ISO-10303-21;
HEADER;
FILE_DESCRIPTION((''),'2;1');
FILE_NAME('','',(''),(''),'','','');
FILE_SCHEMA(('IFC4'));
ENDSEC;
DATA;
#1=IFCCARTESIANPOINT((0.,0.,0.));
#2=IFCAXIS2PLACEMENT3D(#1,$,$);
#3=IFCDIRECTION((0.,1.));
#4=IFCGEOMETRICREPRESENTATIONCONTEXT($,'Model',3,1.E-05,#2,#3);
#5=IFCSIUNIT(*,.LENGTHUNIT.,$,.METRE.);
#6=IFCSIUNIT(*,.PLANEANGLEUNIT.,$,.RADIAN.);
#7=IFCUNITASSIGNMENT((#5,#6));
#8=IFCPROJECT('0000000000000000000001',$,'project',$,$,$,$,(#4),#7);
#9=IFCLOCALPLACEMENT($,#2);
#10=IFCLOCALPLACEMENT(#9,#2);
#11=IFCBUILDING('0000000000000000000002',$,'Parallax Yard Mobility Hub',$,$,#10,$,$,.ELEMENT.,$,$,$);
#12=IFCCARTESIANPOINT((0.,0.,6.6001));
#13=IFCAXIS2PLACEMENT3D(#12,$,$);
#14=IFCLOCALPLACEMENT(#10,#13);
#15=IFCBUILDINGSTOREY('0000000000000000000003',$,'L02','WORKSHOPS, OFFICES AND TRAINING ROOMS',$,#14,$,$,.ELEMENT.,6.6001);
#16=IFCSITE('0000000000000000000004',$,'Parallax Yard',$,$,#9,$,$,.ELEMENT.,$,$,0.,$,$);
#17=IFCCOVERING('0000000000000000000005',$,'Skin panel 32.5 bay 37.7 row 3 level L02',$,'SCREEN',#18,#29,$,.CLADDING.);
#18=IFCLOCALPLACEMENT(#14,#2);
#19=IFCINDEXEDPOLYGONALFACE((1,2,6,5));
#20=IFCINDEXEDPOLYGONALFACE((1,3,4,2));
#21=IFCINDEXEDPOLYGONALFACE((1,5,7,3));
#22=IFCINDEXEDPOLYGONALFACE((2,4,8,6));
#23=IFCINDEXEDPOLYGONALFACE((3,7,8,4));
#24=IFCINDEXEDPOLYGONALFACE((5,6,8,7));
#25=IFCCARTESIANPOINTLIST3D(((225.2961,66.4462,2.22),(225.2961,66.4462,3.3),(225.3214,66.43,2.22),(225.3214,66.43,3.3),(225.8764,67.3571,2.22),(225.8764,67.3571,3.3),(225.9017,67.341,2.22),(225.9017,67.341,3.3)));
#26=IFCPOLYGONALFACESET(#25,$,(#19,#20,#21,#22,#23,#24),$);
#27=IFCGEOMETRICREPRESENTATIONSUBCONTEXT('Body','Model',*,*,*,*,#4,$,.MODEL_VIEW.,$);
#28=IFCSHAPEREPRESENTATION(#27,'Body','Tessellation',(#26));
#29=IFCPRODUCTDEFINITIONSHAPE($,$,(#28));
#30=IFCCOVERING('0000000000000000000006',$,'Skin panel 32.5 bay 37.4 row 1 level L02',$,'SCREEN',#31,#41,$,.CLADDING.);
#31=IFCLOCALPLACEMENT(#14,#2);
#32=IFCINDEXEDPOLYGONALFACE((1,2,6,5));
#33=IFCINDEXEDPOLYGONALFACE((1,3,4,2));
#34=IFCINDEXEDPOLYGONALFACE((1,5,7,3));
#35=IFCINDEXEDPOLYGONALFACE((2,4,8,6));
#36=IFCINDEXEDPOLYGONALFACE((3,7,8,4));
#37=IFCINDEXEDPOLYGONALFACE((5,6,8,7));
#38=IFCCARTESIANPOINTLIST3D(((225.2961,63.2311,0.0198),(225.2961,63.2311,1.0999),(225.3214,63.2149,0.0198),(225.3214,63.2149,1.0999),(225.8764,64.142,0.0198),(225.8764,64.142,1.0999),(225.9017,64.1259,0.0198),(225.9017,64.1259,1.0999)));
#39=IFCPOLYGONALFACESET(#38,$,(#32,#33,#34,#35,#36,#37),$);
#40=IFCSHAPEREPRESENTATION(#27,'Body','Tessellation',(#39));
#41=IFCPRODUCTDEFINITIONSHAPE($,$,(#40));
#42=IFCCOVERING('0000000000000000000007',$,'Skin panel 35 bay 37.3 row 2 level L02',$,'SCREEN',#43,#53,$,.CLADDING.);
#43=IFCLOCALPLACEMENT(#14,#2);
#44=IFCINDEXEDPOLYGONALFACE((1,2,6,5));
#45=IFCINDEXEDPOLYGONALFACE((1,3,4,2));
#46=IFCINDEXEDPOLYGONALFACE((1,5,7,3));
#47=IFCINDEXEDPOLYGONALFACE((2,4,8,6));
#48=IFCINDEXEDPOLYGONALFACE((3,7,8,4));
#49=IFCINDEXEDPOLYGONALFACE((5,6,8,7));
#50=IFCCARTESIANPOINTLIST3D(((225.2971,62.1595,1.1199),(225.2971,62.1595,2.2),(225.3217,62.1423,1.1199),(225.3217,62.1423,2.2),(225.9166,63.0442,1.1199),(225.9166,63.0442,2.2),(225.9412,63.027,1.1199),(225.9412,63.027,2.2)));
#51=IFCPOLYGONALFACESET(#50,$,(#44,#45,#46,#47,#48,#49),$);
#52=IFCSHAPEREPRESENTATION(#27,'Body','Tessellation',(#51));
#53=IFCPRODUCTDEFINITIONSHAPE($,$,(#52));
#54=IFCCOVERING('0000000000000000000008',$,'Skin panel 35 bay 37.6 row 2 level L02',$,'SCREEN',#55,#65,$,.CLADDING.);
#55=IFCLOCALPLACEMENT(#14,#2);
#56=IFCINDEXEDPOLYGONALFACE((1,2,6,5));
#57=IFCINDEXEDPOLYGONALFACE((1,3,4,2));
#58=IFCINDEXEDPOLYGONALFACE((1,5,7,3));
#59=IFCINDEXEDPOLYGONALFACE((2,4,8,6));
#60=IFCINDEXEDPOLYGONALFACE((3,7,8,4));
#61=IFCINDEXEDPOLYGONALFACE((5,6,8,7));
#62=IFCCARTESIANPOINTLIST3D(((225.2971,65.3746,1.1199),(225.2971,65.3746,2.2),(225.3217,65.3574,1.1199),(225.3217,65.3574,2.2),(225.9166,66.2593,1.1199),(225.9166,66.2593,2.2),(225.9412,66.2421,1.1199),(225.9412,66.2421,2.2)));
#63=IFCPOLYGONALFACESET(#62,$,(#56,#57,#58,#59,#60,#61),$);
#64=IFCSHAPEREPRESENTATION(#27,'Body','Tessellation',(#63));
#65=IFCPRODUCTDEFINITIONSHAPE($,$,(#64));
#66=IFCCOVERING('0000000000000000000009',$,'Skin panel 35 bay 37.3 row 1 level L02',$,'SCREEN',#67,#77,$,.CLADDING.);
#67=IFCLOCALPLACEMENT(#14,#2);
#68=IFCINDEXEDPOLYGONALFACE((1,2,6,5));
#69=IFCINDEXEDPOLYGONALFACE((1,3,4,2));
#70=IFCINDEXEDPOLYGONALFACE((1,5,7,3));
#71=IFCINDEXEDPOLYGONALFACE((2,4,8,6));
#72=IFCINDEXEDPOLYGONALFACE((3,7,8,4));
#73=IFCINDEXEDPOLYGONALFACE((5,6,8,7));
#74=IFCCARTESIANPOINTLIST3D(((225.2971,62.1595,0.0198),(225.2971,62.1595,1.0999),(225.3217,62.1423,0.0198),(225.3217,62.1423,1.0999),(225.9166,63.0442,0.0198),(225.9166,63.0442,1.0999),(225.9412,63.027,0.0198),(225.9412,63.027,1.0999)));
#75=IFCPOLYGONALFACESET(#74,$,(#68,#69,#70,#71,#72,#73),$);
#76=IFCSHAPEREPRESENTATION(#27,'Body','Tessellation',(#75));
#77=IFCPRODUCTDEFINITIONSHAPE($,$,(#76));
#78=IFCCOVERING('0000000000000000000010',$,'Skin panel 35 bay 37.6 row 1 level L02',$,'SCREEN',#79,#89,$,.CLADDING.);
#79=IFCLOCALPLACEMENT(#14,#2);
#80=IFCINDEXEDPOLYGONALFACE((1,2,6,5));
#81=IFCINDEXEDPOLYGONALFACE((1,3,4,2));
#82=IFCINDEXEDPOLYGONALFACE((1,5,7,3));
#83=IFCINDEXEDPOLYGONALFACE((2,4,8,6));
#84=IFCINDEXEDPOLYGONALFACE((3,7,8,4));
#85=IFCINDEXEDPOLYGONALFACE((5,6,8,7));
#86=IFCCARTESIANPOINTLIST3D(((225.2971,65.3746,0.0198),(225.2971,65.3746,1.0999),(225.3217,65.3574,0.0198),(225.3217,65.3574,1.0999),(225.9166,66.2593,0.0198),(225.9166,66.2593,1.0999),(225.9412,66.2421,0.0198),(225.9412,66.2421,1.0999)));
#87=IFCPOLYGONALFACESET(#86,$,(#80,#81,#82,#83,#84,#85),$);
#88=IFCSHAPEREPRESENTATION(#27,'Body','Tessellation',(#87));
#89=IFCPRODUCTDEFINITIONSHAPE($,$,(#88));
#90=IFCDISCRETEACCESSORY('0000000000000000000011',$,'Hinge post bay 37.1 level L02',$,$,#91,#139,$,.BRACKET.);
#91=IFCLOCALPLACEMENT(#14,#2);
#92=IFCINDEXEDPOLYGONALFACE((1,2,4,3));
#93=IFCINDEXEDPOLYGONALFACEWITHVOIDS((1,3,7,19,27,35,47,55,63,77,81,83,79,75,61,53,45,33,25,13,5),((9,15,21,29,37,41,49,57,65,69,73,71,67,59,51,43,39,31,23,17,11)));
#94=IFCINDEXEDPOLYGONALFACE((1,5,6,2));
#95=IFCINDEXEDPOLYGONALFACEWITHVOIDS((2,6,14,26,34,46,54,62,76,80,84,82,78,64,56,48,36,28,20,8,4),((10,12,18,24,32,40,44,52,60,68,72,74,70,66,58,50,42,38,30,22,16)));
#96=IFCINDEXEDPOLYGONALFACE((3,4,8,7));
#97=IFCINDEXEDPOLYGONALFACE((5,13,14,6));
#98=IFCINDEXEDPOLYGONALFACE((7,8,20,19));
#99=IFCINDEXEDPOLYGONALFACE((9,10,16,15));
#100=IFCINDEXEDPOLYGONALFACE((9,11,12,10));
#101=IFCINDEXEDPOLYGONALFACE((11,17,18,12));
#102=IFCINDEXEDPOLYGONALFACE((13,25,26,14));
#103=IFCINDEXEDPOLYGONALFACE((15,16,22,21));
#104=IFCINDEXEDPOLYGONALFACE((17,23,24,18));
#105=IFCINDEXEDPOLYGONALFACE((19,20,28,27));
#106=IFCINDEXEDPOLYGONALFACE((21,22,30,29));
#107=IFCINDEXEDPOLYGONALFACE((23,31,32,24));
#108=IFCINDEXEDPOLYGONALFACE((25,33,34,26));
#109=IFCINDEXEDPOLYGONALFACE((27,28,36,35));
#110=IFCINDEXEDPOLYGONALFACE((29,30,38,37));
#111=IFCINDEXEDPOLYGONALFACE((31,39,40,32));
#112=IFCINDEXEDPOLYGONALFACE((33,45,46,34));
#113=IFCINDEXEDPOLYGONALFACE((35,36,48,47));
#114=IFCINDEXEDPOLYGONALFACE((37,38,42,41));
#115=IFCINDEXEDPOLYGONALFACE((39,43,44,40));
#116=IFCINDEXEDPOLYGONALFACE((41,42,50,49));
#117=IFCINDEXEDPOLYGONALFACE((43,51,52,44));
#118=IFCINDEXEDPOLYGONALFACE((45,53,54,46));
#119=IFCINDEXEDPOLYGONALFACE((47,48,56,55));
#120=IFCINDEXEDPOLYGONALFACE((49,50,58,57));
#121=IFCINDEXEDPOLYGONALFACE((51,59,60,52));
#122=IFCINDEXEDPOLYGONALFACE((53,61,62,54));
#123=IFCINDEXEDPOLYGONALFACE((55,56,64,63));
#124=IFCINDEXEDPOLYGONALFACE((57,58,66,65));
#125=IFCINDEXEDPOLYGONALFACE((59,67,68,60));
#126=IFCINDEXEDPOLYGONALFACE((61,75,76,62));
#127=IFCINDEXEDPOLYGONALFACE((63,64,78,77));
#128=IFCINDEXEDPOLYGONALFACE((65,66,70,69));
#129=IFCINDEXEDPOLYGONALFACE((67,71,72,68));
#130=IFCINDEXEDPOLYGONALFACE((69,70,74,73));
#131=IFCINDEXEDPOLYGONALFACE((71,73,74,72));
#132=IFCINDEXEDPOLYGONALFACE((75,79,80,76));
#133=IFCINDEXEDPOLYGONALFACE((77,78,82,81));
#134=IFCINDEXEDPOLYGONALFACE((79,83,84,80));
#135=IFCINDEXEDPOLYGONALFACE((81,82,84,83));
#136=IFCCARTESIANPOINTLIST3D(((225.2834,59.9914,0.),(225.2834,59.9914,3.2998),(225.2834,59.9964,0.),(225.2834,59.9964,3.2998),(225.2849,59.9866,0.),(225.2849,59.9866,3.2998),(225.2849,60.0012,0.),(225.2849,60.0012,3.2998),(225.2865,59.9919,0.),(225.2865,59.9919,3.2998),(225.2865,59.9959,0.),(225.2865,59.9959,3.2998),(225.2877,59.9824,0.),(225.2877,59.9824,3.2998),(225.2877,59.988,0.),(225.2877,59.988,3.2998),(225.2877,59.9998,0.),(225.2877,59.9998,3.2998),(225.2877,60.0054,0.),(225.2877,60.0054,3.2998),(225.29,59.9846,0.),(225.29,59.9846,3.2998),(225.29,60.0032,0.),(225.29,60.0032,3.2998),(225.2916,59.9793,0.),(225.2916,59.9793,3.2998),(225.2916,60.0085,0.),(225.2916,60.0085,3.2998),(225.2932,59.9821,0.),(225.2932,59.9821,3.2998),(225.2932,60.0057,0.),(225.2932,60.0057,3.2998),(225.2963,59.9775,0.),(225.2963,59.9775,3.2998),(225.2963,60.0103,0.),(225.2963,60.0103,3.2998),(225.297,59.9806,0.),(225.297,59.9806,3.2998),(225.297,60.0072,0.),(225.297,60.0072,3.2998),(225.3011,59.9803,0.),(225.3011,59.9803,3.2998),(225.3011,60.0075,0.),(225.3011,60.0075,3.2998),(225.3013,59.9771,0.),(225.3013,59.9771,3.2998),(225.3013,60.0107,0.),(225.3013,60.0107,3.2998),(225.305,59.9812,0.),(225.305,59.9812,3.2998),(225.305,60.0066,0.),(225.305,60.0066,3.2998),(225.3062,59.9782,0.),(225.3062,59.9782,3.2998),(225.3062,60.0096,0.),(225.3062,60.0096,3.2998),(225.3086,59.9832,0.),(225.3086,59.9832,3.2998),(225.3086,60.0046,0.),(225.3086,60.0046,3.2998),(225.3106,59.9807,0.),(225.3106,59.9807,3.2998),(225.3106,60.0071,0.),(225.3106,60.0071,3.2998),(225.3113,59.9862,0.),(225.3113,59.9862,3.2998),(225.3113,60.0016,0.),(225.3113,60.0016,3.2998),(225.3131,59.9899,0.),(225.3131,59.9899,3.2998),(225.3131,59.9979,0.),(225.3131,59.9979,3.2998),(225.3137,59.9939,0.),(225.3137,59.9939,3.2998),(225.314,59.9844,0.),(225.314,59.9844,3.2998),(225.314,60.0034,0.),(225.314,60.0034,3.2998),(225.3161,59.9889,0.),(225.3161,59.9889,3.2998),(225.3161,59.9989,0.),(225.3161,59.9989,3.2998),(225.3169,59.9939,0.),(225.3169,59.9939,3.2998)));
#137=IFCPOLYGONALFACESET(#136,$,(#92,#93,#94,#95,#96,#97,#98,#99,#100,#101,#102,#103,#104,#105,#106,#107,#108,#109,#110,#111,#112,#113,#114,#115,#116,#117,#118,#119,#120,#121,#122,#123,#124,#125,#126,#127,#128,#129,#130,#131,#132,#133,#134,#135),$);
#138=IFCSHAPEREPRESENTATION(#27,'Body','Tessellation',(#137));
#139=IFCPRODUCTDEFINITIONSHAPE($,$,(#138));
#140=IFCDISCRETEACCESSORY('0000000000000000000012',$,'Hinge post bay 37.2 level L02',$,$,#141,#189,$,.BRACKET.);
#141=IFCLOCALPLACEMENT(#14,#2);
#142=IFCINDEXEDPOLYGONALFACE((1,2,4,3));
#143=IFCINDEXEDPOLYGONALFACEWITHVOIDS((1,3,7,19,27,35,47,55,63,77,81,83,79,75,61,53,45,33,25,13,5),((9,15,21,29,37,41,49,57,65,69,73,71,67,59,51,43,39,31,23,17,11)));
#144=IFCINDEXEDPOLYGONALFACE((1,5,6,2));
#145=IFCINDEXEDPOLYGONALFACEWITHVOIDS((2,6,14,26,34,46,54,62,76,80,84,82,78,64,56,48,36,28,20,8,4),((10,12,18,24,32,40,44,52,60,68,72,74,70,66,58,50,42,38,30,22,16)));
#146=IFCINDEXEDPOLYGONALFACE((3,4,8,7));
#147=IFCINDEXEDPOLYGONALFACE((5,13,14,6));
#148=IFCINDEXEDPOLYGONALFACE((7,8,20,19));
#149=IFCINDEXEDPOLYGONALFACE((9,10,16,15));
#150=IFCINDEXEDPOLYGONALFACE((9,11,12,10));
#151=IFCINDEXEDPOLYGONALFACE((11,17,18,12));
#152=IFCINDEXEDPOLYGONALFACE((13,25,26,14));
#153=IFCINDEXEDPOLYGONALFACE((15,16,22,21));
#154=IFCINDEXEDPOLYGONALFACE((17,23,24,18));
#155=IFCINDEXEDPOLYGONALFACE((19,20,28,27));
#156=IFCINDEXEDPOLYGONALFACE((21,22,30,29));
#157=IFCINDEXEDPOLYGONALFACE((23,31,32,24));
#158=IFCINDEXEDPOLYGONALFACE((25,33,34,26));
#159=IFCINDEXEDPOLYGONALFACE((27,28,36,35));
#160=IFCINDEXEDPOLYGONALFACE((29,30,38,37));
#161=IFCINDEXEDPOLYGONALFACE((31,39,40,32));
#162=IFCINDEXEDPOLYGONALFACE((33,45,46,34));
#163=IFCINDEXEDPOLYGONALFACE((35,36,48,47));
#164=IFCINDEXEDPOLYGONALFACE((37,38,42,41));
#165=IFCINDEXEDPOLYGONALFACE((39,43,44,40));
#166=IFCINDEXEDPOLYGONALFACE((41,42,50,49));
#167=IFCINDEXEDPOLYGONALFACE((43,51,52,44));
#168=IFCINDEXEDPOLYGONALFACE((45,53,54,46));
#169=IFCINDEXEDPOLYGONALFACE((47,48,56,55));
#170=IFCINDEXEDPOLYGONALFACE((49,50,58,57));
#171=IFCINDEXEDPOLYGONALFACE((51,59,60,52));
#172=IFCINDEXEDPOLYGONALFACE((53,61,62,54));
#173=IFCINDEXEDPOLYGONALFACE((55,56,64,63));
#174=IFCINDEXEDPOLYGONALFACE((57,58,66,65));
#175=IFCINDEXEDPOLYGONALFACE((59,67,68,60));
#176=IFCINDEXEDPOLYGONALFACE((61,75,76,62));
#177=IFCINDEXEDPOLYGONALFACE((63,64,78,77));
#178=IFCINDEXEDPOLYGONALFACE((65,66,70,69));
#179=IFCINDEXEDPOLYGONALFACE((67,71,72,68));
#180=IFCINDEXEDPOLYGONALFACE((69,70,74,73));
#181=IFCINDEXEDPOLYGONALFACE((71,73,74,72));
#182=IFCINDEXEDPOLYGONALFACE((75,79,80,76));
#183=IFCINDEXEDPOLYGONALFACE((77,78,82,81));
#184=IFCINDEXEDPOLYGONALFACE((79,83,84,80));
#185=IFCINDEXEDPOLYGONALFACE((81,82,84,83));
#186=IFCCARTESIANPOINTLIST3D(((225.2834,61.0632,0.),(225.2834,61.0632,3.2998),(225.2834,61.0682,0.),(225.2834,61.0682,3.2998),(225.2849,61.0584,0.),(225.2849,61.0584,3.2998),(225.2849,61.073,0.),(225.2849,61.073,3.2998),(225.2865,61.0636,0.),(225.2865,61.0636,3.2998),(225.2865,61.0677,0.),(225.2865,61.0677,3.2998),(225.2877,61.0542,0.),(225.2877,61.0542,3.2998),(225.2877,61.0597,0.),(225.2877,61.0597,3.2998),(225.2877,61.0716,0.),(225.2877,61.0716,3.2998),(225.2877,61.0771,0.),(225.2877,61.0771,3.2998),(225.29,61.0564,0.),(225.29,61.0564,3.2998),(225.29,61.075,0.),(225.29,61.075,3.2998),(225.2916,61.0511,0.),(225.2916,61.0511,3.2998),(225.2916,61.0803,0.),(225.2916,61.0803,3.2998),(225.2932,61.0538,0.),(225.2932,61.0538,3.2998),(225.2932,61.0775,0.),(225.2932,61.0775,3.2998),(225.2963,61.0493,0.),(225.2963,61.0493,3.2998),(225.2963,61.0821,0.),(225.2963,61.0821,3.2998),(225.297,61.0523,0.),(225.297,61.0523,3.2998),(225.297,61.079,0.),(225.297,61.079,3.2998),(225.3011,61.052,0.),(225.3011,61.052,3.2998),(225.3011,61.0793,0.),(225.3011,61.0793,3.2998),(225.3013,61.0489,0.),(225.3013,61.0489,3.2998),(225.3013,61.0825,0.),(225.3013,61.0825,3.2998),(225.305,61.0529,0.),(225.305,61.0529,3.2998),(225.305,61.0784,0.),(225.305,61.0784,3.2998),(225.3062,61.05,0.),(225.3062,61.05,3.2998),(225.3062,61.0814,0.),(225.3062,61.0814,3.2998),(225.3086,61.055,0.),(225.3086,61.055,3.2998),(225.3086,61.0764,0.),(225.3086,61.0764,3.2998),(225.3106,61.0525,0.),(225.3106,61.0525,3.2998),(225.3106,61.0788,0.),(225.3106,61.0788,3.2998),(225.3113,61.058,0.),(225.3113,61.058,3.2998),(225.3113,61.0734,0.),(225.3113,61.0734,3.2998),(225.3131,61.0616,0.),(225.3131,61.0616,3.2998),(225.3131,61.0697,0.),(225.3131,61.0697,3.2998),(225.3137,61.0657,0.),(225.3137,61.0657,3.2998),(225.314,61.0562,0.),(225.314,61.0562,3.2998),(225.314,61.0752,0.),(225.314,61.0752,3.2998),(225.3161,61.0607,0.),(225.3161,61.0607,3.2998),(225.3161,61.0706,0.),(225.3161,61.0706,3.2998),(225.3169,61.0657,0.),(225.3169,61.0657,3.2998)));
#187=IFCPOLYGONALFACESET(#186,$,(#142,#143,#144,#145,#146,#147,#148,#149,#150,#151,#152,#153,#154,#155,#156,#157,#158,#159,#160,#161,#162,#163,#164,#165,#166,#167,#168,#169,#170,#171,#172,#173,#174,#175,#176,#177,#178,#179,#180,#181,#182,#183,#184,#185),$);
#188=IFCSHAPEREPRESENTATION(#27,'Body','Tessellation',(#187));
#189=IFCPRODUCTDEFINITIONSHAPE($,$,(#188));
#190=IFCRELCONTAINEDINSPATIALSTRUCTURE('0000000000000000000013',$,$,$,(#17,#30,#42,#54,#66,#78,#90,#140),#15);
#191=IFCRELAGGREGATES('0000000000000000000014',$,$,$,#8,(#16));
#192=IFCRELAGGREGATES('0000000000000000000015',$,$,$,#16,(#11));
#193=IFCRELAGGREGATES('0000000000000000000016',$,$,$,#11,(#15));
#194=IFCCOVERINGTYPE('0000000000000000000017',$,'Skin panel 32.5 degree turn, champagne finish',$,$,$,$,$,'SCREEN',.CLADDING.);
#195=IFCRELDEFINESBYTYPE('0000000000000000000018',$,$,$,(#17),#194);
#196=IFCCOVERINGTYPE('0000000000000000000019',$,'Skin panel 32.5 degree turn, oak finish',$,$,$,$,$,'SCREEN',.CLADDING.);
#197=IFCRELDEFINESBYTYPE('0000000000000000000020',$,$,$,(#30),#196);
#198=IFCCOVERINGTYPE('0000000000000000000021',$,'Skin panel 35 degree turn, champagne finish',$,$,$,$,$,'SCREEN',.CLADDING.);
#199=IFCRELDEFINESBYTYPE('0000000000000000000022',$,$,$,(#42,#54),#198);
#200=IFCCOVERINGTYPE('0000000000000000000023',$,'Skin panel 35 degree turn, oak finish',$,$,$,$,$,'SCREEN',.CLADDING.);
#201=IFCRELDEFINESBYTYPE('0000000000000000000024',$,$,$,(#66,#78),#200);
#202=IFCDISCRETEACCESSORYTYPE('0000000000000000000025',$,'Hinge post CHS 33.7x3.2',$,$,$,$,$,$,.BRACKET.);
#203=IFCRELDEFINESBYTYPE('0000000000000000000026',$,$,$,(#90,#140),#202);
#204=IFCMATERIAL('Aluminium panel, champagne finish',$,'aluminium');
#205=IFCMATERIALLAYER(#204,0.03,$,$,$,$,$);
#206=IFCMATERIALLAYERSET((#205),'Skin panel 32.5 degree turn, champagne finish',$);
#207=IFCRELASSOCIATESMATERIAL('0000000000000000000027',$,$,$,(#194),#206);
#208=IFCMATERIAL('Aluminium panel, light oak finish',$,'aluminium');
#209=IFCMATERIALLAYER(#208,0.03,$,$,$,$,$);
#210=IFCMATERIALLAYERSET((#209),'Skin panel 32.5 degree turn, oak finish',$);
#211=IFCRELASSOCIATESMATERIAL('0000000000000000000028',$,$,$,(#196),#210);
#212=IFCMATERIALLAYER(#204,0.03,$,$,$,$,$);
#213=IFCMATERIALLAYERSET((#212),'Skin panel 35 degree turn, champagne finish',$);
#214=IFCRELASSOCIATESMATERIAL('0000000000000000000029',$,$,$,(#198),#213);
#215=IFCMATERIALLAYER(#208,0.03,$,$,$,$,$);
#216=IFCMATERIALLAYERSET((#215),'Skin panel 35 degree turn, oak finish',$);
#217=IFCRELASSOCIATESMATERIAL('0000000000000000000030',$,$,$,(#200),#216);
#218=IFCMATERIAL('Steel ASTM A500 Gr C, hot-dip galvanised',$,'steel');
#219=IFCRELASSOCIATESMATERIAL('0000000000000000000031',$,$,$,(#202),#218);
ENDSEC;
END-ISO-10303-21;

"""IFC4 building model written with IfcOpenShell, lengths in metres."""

from ifc_helpers import new_model, si_unit, direction, frame, origin, origin_2d, place, context, subcontext, project, spatial, rectangle, hollow_circle, extrude, material, layer, layer_set, material_profile, profile_set, type_object, element, save


model = new_model("IFC4")

# Units and contexts
model_context = context("Model", 3, precision=1e-05, world=origin(), true_north=direction((0.0, 1.0)))
body_context = subcontext(model_context, "Body", "Model", "MODEL_VIEW")
ifc_project = project(units=[si_unit("LENGTHUNIT", "METRE"), si_unit("PLANEANGLEUNIT", "RADIAN")], contexts=[model_context])

# Site, building, storey
site_placement = place(None, origin())
site = spatial("IfcSite", under=ifc_project, at=site_placement, Name="Parallax Yard", CompositionType="ELEMENT", RefElevation=0.0)
building_placement = place(site_placement, origin())
building = spatial("IfcBuilding", under=site, at=building_placement, Name="Parallax Yard Mobility Hub", CompositionType="ELEMENT")
storey_placement = place(building_placement, frame((0.0, 0.0, 6.6001)))
storey = spatial("IfcBuildingStorey", under=building, at=storey_placement, Name="L02", Description="WORKSHOPS, OFFICES AND TRAINING ROOMS", CompositionType="ELEMENT", Elevation=6.6001)

# Coverings
ifc_material_1 = material(Name="Aluminium panel, champagne finish", Category="aluminium")
ifc_material_2 = material(Name="Aluminium panel, light oak finish", Category="aluminium")
ifc_layer_1 = layer(ifc_material_1, 0.03)
ifc_layer_set_1 = layer_set([ifc_layer_1], Name="Skin panel 32.5 degree turn, champagne finish")
covering_type_1 = type_object("IfcCoveringType", Name="Skin panel 32.5 degree turn, champagne finish", ElementType="SCREEN", PredefinedType="CLADDING", material=ifc_layer_set_1)
for number, where, z_axis, x_axis, name in (
    (1, (225.5989, 66.8936, 2.22), (0.0, 0.0, 1.0), (0.5373, 0.843391, 0.0), "Skin panel 32.5 bay 37.7 row 3 level L02"),
):
    element("IfcCovering", number, at=place(storey_placement, frame(where, z_axis=z_axis, x_axis=x_axis)), inside=storey, type_object=covering_type_1, Name=name, ObjectType="SCREEN", PredefinedType="CLADDING", context=body_context, shape_type="SweptSolid", body=[
        extrude(rectangle(XDim=1.0801, YDim=0.03, at=origin_2d()), origin(), (0.0, 0.0, 1.0), 1.0801),
    ])
ifc_layer_2 = layer(ifc_material_2, 0.03)
ifc_layer_set_2 = layer_set([ifc_layer_2], Name="Skin panel 32.5 degree turn, oak finish")
covering_type_2 = type_object("IfcCoveringType", Name="Skin panel 32.5 degree turn, oak finish", ElementType="SCREEN", PredefinedType="CLADDING", material=ifc_layer_set_2)
covering_1_placement = place(storey_placement, frame((225.5989, 63.6785, 0.0198), z_axis=(0.0, 0.0, 1.0), x_axis=(0.5373, 0.843391, 0.0)))
element("IfcCovering", 2, at=covering_1_placement, inside=storey, type_object=covering_type_2, Name="Skin panel 32.5 bay 37.4 row 1 level L02", ObjectType="SCREEN", PredefinedType="CLADDING", context=body_context, shape_type="SweptSolid", body=[
    extrude(rectangle(XDim=1.0801, YDim=0.03, at=origin_2d()), origin(), (0.0, 0.0, 1.0), 1.0801),
])
ifc_layer_3 = layer(ifc_material_1, 0.03)
ifc_layer_set_3 = layer_set([ifc_layer_3], Name="Skin panel 35 degree turn, champagne finish")
covering_type_3 = type_object("IfcCoveringType", Name="Skin panel 35 degree turn, champagne finish", ElementType="SCREEN", PredefinedType="CLADDING", material=ifc_layer_set_3)
for number, where, z_axis, x_axis, name in (
    (3, (225.6191, 62.5933, 1.1199), (0.0, 0.0, 1.0), (0.573576, 0.819152, 0.0), "Skin panel 35 bay 37.3 row 2 level L02"),
    (4, (225.6191, 65.8083, 1.1199), (0.0, 0.0, 1.0), (0.573576, 0.819152, 0.0), "Skin panel 35 bay 37.6 row 2 level L02"),
):
    element("IfcCovering", number, at=place(storey_placement, frame(where, z_axis=z_axis, x_axis=x_axis)), inside=storey, type_object=covering_type_3, Name=name, ObjectType="SCREEN", PredefinedType="CLADDING", context=body_context, shape_type="SweptSolid", body=[
        extrude(rectangle(XDim=1.0801, YDim=0.03, at=origin_2d()), origin(), (0.0, 0.0, 1.0), 1.0801),
    ])
ifc_layer_4 = layer(ifc_material_2, 0.03)
ifc_layer_set_4 = layer_set([ifc_layer_4], Name="Skin panel 35 degree turn, oak finish")
covering_type_4 = type_object("IfcCoveringType", Name="Skin panel 35 degree turn, oak finish", ElementType="SCREEN", PredefinedType="CLADDING", material=ifc_layer_set_4)
for number, where, z_axis, x_axis, name in (
    (5, (225.6191, 62.5933, 0.0198), (0.0, 0.0, 1.0), (0.573576, 0.819152, 0.0), "Skin panel 35 bay 37.3 row 1 level L02"),
    (6, (225.6191, 65.8083, 0.0198), (0.0, 0.0, 1.0), (0.573576, 0.819152, 0.0), "Skin panel 35 bay 37.6 row 1 level L02"),
):
    element("IfcCovering", number, at=place(storey_placement, frame(where, z_axis=z_axis, x_axis=x_axis)), inside=storey, type_object=covering_type_4, Name=name, ObjectType="SCREEN", PredefinedType="CLADDING", context=body_context, shape_type="SweptSolid", body=[
        extrude(rectangle(XDim=1.0801, YDim=0.03, at=origin_2d()), origin(), (0.0, 0.0, 1.0), 1.0801),
    ])

# Discrete accessories
ifc_material_3 = material(Name="Steel ASTM A500 Gr C, hot-dip galvanised", Category="steel")
ifc_material_profile = material_profile(ifc_material_3, hollow_circle(Radius=0.0168, WallThickness=0.0032, at=origin_2d()), Name="CHS 33.7x3.2")
ifc_profile_set = profile_set([ifc_material_profile], Name="Steel ASTM A500 Gr C, hot-dip galvanised")
discrete_accessory_type = type_object("IfcDiscreteAccessoryType", Name="Hinge post CHS 33.7x3.2", PredefinedType="BRACKET", material=ifc_profile_set)
for number, where, z_axis, x_axis, name in (
    (7, (225.3, 59.9939, 0.0), (0.0, 0.0, 1.0), (1.0, 0.0, 0.0), "Hinge post bay 37.1 level L02"),
    (8, (225.3, 61.0657, 0.0), (0.0, 0.0, 1.0), (1.0, 0.0, 0.0), "Hinge post bay 37.2 level L02"),
):
    element("IfcDiscreteAccessory", number, at=place(storey_placement, frame(where, z_axis=z_axis, x_axis=x_axis)), inside=storey, type_object=discrete_accessory_type, Name=name, PredefinedType="BRACKET", context=body_context, shape_type="SweptSolid", body=[
        extrude(hollow_circle(Radius=0.0168, WallThickness=0.0032, at=origin_2d()), origin(), (0.0, 0.0, 1.0), 3.2998),
    ])

save(model, "model.ifc")
